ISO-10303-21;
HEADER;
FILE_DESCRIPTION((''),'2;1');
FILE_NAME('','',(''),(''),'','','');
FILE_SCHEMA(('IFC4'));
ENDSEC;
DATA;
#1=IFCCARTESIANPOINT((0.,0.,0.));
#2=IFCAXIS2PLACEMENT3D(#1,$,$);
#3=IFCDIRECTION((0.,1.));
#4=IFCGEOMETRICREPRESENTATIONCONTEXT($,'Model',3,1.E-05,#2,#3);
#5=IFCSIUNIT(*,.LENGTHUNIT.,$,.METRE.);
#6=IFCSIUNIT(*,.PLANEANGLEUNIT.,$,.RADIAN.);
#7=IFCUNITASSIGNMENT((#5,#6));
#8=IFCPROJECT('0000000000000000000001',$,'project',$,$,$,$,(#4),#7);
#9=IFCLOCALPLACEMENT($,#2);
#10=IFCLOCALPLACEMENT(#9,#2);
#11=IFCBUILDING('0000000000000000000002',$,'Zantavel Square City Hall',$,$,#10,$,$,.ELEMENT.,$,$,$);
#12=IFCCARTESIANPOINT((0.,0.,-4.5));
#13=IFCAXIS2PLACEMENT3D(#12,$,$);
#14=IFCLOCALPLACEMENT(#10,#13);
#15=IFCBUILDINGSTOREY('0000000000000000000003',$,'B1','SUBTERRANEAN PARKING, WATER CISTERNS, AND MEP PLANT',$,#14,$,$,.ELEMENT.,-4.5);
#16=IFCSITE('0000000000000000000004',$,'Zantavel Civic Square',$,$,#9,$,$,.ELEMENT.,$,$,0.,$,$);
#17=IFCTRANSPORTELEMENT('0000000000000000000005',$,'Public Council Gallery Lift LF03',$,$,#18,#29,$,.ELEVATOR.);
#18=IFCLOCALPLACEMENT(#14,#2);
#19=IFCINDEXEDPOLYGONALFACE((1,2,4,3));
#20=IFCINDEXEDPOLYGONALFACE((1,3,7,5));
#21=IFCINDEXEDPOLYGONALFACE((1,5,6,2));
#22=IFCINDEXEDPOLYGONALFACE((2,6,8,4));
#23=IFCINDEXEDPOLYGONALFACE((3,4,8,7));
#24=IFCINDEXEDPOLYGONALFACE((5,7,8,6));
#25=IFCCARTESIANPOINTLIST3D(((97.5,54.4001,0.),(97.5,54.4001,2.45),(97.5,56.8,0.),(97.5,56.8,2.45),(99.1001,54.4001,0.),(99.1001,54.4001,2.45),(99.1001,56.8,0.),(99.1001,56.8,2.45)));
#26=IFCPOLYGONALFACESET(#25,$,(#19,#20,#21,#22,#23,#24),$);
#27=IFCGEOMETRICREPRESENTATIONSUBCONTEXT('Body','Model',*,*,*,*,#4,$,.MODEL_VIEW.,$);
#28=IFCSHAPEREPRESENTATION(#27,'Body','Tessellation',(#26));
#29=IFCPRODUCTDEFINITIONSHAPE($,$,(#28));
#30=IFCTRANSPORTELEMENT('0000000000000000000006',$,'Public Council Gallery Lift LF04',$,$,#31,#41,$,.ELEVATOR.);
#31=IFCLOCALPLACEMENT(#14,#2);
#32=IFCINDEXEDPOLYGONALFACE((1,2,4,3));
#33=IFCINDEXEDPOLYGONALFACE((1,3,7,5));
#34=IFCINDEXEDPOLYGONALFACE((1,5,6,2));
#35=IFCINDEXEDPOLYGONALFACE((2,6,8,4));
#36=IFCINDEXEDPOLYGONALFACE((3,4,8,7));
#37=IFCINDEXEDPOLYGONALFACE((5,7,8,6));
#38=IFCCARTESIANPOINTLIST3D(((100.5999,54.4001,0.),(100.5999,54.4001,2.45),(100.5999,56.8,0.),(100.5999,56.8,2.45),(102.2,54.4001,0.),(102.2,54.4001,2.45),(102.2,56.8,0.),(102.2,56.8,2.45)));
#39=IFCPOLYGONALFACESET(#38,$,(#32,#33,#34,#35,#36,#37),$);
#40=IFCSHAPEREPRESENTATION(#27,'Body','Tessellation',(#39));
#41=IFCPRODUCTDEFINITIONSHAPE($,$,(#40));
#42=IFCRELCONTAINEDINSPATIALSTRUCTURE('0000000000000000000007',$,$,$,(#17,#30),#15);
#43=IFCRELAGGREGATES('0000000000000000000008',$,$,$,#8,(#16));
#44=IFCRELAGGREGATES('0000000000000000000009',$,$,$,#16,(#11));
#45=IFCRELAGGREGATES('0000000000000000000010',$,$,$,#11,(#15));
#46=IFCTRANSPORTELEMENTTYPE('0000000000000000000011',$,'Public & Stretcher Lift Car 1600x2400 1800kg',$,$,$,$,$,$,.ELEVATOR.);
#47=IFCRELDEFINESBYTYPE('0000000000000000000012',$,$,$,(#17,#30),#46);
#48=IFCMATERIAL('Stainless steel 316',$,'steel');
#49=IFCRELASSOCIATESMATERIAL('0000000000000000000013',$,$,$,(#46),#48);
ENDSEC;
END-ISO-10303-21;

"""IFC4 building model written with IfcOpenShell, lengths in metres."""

from ifc_helpers import new_model, si_unit, direction, frame, origin, origin_2d, place, context, subcontext, project, spatial, rectangle, extrude, material, type_object, element, save


model = new_model("IFC4")

# Units and contexts
model_context = context("Model", 3, precision=1e-05, world=origin(), true_north=direction((0.0, 1.0)))
body_context = subcontext(model_context, "Body", "Model", "MODEL_VIEW")
ifc_project = project(units=[si_unit("LENGTHUNIT", "METRE"), si_unit("PLANEANGLEUNIT", "RADIAN")], contexts=[model_context])

# Site, building, storey
site_placement = place(None, origin())
site = spatial("IfcSite", under=ifc_project, at=site_placement, Name="Zantavel Civic Square", CompositionType="ELEMENT", RefElevation=0.0)
building_placement = place(site_placement, origin())
building = spatial("IfcBuilding", under=site, at=building_placement, Name="Zantavel Square City Hall", CompositionType="ELEMENT")
storey_placement = place(building_placement, frame((0.0, 0.0, -4.5)))
storey = spatial("IfcBuildingStorey", under=building, at=storey_placement, Name="B1", Description="SUBTERRANEAN PARKING, WATER CISTERNS, AND MEP PLANT", CompositionType="ELEMENT", Elevation=-4.5)

# Shared definitions
ifc_material_1 = material(Name="Stainless steel 316", Category="steel")

# Transport elements
transport_element_type = type_object("IfcTransportElementType", Name="Public & Stretcher Lift Car 1600x2400 1800kg", PredefinedType="ELEVATOR", material=ifc_material_1)
for number, where, z_axis, x_axis, name in (
    (1, (98.3, 55.6001, 0.0), (0.0, 0.0, 1.0), (1.0, 0.0, 0.0), "Public Council Gallery Lift LF03"),
    (2, (101.3999, 55.6001, 0.0), (0.0, 0.0, 1.0), (1.0, 0.0, 0.0), "Public Council Gallery Lift LF04"),
):
    element("IfcTransportElement", number, at=place(storey_placement, frame(where, z_axis=z_axis, x_axis=x_axis)), inside=storey, type_object=transport_element_type, Name=name, PredefinedType="ELEVATOR", context=body_context, shape_type="SweptSolid", body=[
        extrude(rectangle(XDim=1.6001, YDim=2.3999, at=origin_2d()), origin(), (0.0, 0.0, 1.0), 2.45),
    ])

save(model, "model.ifc")
